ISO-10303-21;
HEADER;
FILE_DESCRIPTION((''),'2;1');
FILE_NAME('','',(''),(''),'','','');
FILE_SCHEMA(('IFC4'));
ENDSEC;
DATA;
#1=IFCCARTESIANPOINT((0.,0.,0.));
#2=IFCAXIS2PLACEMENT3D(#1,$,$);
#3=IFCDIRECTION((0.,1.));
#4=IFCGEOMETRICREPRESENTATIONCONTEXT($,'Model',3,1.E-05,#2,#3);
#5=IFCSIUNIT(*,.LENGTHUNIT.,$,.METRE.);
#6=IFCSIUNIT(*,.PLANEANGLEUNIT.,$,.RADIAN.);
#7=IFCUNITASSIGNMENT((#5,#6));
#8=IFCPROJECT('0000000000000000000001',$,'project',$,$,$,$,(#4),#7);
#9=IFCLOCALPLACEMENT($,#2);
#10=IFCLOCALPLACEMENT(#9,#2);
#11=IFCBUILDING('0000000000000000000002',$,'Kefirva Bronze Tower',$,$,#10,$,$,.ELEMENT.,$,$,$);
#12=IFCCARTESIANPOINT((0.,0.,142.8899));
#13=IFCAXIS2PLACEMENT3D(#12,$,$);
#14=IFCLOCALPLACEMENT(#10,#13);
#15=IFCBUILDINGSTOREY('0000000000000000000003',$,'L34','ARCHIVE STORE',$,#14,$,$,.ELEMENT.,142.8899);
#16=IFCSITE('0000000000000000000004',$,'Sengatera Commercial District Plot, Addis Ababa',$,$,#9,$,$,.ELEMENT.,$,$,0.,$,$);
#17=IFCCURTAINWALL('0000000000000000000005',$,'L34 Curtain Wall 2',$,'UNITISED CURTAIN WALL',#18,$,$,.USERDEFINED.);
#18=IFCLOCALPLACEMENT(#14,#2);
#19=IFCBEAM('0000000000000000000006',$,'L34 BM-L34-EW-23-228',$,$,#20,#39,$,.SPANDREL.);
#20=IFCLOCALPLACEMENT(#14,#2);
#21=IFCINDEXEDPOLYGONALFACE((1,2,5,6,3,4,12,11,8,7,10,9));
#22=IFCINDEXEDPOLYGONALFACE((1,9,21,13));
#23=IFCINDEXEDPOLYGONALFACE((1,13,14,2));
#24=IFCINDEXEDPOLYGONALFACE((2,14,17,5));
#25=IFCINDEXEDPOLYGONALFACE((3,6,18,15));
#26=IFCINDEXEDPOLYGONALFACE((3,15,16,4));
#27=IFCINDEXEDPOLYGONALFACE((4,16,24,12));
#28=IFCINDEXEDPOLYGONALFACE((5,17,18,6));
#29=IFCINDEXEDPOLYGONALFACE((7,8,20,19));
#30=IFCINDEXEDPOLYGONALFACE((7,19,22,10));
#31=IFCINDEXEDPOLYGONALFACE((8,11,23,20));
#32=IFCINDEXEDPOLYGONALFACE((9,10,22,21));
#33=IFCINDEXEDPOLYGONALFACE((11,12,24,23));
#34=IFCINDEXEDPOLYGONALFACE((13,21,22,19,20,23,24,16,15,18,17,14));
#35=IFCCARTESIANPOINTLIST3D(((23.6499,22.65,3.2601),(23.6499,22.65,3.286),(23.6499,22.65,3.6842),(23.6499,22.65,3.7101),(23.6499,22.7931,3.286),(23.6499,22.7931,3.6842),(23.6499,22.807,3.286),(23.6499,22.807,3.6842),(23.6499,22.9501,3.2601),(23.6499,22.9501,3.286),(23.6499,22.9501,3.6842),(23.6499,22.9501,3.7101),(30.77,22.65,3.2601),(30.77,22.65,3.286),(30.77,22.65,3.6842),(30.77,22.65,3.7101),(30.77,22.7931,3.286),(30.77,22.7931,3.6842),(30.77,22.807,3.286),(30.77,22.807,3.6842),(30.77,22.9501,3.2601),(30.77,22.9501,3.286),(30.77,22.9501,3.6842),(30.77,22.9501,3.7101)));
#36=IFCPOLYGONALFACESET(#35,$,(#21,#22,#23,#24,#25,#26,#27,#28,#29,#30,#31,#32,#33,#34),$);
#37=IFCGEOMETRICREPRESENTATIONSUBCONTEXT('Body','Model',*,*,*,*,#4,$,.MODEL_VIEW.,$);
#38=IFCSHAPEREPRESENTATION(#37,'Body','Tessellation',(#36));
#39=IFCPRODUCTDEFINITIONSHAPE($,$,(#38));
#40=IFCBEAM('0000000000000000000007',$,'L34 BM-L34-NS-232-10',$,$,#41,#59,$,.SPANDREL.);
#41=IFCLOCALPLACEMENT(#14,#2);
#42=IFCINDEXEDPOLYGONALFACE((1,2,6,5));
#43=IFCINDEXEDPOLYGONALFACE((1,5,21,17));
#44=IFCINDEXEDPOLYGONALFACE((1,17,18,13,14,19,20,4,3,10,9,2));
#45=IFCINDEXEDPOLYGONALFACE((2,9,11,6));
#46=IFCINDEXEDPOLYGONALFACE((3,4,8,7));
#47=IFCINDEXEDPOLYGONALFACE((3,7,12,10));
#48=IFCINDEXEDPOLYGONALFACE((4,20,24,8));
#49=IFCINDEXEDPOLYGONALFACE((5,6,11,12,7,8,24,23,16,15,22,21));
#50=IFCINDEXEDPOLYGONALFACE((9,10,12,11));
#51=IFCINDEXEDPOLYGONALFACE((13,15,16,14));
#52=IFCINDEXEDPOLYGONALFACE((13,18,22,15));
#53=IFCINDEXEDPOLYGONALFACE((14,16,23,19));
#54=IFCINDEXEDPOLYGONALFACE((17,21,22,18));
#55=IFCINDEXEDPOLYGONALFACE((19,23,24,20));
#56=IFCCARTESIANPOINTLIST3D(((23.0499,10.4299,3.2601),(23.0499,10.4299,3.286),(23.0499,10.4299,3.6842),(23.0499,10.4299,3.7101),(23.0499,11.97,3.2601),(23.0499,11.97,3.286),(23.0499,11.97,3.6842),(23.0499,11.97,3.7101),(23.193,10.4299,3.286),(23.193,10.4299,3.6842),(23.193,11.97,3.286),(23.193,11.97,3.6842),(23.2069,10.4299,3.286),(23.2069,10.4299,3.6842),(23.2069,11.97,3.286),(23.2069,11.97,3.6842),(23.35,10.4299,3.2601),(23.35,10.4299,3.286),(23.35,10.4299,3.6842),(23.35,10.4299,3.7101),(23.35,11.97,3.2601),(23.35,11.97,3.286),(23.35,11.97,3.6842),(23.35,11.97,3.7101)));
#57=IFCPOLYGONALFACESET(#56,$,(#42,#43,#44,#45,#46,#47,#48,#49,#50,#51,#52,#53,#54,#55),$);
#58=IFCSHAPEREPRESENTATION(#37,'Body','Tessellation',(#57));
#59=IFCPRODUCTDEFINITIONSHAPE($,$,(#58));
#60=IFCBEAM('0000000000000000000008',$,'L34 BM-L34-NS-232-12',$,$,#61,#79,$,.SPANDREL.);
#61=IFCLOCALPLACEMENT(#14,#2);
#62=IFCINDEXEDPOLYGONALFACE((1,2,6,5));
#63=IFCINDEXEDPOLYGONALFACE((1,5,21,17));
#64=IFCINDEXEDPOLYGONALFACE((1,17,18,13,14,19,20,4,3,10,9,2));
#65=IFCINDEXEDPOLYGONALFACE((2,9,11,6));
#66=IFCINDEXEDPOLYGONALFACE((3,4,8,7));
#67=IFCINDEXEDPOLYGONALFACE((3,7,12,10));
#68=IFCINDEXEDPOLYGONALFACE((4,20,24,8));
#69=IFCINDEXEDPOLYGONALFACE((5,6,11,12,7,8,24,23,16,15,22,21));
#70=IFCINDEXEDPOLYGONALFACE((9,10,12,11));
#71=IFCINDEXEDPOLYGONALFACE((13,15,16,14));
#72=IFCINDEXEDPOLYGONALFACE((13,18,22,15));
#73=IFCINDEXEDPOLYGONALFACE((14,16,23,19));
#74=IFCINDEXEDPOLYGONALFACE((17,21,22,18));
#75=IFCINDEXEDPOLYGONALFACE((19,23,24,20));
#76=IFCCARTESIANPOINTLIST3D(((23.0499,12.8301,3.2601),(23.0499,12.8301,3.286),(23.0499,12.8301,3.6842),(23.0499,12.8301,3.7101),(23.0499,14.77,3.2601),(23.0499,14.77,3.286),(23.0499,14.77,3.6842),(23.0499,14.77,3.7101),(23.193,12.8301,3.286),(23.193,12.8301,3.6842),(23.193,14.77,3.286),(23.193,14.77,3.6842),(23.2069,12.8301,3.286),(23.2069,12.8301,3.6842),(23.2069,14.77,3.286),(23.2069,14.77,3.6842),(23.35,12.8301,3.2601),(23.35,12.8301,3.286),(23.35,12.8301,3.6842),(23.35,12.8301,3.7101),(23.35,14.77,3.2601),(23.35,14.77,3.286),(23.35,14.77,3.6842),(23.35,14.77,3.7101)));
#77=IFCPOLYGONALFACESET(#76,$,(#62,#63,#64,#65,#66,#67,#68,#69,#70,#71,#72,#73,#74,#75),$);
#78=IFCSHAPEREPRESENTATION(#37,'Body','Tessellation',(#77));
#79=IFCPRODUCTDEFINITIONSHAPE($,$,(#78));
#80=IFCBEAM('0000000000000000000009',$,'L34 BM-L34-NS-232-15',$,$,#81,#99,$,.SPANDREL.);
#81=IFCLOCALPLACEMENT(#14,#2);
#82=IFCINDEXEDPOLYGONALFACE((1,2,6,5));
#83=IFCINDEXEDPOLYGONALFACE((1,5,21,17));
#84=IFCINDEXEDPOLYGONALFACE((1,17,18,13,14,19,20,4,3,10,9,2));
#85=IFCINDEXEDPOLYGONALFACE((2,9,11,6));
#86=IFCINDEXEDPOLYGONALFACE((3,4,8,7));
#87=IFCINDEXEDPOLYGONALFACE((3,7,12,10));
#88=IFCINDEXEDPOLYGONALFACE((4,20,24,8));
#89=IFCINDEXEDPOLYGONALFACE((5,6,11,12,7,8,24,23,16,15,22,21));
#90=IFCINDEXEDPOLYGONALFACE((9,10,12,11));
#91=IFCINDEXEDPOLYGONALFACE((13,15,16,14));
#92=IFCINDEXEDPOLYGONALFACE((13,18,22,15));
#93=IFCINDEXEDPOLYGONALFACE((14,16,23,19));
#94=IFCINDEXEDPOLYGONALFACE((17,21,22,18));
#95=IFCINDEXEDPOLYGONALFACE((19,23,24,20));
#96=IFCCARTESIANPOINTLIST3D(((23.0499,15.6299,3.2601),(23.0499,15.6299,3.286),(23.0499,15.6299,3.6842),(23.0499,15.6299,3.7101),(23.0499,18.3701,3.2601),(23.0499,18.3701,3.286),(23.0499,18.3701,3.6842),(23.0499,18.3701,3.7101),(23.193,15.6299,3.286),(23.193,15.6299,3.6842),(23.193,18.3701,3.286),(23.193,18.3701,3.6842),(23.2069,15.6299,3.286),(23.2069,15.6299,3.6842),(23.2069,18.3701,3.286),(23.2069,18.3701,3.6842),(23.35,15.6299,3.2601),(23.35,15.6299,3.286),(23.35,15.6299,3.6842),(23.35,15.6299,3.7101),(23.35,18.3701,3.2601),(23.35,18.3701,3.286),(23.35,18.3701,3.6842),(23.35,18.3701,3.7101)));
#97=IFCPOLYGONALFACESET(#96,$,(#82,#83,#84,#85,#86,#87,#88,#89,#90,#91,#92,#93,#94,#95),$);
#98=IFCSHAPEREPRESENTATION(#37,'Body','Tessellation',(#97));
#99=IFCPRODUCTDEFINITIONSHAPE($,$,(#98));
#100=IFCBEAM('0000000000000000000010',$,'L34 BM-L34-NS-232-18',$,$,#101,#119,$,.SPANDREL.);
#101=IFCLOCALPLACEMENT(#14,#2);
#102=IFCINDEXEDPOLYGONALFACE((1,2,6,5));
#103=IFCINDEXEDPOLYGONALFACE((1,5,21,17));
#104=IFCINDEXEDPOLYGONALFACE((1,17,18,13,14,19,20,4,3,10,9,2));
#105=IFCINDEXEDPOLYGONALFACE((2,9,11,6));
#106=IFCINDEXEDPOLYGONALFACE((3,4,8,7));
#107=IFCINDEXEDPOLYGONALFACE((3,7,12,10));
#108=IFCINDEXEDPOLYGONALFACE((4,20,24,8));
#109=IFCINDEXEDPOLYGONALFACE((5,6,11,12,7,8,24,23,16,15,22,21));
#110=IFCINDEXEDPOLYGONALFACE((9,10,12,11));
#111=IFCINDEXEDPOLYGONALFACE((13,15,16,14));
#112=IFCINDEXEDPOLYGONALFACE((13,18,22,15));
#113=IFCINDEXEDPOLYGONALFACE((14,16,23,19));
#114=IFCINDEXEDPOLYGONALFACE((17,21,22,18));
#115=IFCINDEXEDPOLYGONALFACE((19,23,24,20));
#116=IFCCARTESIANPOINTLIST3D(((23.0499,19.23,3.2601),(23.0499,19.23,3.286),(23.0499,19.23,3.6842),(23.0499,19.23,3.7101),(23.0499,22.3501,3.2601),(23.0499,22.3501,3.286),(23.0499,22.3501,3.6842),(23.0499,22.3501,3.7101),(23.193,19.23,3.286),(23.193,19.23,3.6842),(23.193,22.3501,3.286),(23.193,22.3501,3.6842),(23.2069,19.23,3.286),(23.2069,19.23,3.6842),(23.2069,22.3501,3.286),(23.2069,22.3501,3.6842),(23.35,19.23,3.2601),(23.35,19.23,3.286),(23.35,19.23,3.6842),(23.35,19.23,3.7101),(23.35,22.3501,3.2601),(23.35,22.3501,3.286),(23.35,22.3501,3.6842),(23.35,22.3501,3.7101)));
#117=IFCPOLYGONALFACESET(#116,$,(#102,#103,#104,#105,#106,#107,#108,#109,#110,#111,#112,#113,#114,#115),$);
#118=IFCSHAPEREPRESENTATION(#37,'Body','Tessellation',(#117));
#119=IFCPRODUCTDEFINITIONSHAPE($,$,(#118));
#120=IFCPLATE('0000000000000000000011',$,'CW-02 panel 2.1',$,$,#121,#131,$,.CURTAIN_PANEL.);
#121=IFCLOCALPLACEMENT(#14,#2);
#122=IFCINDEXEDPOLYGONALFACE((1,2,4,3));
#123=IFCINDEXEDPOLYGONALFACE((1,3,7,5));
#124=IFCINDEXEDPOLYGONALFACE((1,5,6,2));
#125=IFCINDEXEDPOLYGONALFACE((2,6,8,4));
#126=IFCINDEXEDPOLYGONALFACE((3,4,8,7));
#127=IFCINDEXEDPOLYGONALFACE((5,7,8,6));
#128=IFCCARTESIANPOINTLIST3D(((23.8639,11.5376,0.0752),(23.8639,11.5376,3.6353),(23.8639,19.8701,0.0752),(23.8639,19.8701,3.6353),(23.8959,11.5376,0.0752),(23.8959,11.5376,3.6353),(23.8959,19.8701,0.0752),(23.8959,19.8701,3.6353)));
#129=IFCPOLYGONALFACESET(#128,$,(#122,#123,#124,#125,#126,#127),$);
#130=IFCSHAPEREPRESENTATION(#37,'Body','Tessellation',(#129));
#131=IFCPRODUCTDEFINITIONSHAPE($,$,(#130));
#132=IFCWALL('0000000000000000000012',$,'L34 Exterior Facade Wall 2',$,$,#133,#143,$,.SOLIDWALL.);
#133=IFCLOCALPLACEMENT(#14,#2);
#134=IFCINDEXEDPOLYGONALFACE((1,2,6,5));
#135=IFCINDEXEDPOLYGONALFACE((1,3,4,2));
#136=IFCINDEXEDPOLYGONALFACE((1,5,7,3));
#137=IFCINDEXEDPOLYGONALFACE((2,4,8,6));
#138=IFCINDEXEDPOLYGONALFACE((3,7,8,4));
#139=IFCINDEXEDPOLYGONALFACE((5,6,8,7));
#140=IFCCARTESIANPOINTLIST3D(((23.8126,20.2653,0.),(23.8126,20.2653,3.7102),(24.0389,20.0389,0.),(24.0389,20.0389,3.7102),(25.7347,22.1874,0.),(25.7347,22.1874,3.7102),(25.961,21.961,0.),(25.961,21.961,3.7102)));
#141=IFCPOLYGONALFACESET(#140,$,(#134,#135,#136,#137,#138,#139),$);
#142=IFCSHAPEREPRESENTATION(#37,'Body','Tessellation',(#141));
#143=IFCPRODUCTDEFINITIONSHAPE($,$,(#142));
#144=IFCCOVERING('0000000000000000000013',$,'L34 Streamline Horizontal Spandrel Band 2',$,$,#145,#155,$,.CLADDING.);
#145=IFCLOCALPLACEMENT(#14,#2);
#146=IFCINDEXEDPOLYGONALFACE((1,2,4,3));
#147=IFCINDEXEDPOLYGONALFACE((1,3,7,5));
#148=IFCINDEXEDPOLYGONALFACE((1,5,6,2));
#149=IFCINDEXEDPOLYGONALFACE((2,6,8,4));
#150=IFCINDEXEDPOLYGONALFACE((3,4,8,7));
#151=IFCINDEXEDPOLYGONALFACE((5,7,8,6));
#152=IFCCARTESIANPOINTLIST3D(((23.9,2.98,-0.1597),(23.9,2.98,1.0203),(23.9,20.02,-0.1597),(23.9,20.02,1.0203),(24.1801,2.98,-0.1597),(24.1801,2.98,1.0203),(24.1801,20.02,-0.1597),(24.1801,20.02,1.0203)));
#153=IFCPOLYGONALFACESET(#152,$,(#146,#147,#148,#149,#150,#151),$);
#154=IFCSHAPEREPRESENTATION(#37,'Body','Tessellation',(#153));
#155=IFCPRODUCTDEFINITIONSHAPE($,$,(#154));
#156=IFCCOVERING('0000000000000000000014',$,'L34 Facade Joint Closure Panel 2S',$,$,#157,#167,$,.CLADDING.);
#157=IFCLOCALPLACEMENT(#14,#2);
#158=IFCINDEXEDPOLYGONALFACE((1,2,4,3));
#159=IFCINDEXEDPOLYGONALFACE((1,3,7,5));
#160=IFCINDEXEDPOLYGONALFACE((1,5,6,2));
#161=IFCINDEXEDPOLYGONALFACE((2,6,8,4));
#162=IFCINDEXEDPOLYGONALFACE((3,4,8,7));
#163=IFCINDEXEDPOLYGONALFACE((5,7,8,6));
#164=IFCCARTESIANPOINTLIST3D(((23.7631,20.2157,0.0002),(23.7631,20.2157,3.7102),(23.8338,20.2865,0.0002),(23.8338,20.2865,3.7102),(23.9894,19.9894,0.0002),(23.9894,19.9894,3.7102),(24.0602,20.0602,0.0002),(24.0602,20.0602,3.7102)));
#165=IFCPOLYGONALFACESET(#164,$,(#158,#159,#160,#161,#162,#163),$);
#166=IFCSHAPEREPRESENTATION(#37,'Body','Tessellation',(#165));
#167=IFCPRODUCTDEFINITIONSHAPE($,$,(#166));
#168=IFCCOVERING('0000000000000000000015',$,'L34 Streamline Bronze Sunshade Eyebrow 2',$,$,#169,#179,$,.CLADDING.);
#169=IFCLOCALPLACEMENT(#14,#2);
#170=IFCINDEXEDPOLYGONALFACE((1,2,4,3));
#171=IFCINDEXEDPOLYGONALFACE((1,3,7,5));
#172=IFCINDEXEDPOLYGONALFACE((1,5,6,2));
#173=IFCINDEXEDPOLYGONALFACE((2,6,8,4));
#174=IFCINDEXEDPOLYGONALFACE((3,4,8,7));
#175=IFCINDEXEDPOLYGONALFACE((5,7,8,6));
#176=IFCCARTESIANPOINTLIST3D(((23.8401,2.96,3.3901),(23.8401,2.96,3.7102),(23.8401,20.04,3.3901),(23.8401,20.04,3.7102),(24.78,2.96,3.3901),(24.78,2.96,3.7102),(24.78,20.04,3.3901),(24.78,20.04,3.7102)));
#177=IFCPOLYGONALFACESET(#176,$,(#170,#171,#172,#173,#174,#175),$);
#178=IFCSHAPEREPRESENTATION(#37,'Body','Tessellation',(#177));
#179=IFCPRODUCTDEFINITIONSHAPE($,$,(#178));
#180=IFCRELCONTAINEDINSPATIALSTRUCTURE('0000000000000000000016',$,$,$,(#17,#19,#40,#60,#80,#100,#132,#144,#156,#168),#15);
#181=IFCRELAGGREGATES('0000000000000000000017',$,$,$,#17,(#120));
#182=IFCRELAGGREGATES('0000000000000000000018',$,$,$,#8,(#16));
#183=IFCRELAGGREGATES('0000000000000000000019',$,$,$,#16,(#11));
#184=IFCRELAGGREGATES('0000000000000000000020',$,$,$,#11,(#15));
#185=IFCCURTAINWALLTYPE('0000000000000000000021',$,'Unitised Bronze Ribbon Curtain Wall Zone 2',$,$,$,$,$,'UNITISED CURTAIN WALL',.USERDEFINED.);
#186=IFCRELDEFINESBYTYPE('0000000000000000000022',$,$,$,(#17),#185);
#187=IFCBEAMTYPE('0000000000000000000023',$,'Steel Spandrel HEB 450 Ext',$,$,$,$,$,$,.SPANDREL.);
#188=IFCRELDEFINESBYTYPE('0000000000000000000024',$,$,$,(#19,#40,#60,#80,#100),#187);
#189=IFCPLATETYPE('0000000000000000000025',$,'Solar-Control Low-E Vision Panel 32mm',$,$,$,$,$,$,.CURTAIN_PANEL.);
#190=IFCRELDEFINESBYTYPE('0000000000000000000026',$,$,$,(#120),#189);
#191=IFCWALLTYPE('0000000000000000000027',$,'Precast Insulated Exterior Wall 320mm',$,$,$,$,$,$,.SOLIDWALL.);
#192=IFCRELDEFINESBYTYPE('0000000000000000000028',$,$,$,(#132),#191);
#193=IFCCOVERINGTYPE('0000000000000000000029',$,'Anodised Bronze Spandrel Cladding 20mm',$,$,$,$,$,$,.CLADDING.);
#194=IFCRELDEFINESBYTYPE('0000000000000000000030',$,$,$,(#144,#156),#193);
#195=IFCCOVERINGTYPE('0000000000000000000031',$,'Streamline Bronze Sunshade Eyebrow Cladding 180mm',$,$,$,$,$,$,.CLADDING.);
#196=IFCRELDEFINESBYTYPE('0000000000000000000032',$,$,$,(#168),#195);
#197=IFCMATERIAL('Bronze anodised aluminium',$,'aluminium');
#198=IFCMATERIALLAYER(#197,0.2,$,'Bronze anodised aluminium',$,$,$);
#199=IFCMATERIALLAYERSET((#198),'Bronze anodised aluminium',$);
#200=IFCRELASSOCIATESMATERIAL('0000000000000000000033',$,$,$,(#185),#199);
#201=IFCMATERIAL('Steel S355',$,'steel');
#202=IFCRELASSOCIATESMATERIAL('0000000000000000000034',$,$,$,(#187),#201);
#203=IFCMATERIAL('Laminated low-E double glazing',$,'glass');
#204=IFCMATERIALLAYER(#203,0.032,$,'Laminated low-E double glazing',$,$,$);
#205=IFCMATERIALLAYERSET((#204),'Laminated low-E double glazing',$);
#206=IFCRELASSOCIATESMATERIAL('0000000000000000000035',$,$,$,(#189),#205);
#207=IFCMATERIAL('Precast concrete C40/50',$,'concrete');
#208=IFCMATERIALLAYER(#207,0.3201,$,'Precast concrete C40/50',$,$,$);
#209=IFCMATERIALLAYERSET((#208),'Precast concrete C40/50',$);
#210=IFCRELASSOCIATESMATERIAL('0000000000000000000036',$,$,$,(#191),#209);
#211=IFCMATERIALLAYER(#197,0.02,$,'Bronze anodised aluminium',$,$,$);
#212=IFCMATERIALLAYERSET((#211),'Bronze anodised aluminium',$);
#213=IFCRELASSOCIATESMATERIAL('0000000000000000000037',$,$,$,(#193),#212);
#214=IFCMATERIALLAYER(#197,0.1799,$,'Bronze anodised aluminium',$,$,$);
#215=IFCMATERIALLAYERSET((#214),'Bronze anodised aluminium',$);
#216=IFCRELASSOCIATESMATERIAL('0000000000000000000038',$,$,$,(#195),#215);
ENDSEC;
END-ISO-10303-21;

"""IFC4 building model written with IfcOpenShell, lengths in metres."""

from ifc_helpers import new_model, si_unit, direction, frame, frame_2d, origin, origin_2d, place, context, subcontext, project, spatial, rectangle, i_section, extrude, material, layer, layer_set, material_profile, profile_set, type_object, element, aggregate, save


model = new_model("IFC4")

# Units and contexts
model_context = context("Model", 3, precision=1e-05, world=origin(), true_north=direction((0.0, 1.0)))
body_context = subcontext(model_context, "Body", "Model", "MODEL_VIEW")
ifc_project = project(units=[si_unit("LENGTHUNIT", "METRE"), si_unit("PLANEANGLEUNIT", "RADIAN")], contexts=[model_context])

# Site, building, storey
site_placement = place(None, origin())
site = spatial("IfcSite", under=ifc_project, at=site_placement, Name="Sengatera Commercial District Plot, Addis Ababa", CompositionType="ELEMENT", RefElevation=0.0)
building_placement = place(site_placement, origin())
building = spatial("IfcBuilding", under=site, at=building_placement, Name="Kefirva Bronze Tower", CompositionType="ELEMENT")
storey_placement = place(building_placement, frame((0.0, 0.0, 142.8899)))
storey = spatial("IfcBuildingStorey", under=building, at=storey_placement, Name="L34", Description="ARCHIVE STORE", CompositionType="ELEMENT", Elevation=142.8899)

# Curtain wall
ifc_material_1 = material(Name="Bronze anodised aluminium", Category="aluminium")
ifc_layer_1 = layer(ifc_material_1, 0.2, Name="Bronze anodised aluminium")
ifc_layer_set_1 = layer_set([ifc_layer_1], Name="Bronze anodised aluminium")
curtain_wall_type = type_object("IfcCurtainWallType", Name="Unitised Bronze Ribbon Curtain Wall Zone 2", ElementType="UNITISED CURTAIN WALL", PredefinedType="USERDEFINED", material=ifc_layer_set_1)
curtain_wall_placement = place(storey_placement, origin())
curtain_wall = element("IfcCurtainWall", 1, at=curtain_wall_placement, inside=storey, type_object=curtain_wall_type, Name="L34 Curtain Wall 2", ObjectType="UNITISED CURTAIN WALL", PredefinedType="USERDEFINED")

# Beams
ifc_material_2 = material(Name="Steel S355", Category="steel")
ifc_material_profile_1 = material_profile(ifc_material_2, i_section(OverallWidth=0.3, OverallDepth=0.45, WebThickness=0.0139, FlangeThickness=0.0259, at=origin_2d()), Name="HEB 450")
ifc_profile_set_1 = profile_set([ifc_material_profile_1], Name="Steel S355")
beam_type_1 = type_object("IfcBeamType", Name="Steel Spandrel HEB 450 Ext", PredefinedType="SPANDREL", material=ifc_profile_set_1)
beam_1_placement = place(storey_placement, frame((23.6499, 22.8, 3.4851), z_axis=(1.0, 0.0, 0.0), x_axis=(0.0, 1.0, 0.0)))
element("IfcBeam", 2, at=beam_1_placement, inside=storey, type_object=beam_type_1, Name="L34 BM-L34-EW-23-228", PredefinedType="SPANDREL", context=body_context, shape_type="SweptSolid", body=[
    extrude(i_section(OverallWidth=0.3, OverallDepth=0.45, WebThickness=0.0139, FlangeThickness=0.0259, at=origin_2d()), origin(), (0.0, 0.0, 1.0), 7.1201),
])
beam_2_placement = place(storey_placement, frame((23.2, 10.4299, 3.4851), z_axis=(0.0, 1.0, 0.0), x_axis=(-1.0, 0.0, 0.0)))
element("IfcBeam", 3, at=beam_2_placement, inside=storey, type_object=beam_type_1, Name="L34 BM-L34-NS-232-10", PredefinedType="SPANDREL", context=body_context, shape_type="SweptSolid", body=[
    extrude(i_section(OverallWidth=0.3, OverallDepth=0.45, WebThickness=0.0139, FlangeThickness=0.0259, at=origin_2d()), origin(), (0.0, 0.0, 1.0), 1.54),
])
beam_3_placement = place(storey_placement, frame((23.2, 12.8301, 3.4851), z_axis=(0.0, 1.0, 0.0), x_axis=(-1.0, 0.0, 0.0)))
element("IfcBeam", 4, at=beam_3_placement, inside=storey, type_object=beam_type_1, Name="L34 BM-L34-NS-232-12", PredefinedType="SPANDREL", context=body_context, shape_type="SweptSolid", body=[
    extrude(i_section(OverallWidth=0.3, OverallDepth=0.45, WebThickness=0.0139, FlangeThickness=0.0259, at=origin_2d()), origin(), (0.0, 0.0, 1.0), 1.9399),
])
beam_4_placement = place(storey_placement, frame((23.2, 15.6299, 3.4851), z_axis=(0.0, 1.0, 0.0), x_axis=(-1.0, 0.0, 0.0)))
element("IfcBeam", 5, at=beam_4_placement, inside=storey, type_object=beam_type_1, Name="L34 BM-L34-NS-232-15", PredefinedType="SPANDREL", context=body_context, shape_type="SweptSolid", body=[
    extrude(i_section(OverallWidth=0.3, OverallDepth=0.45, WebThickness=0.0139, FlangeThickness=0.0259, at=origin_2d()), origin(), (0.0, 0.0, 1.0), 2.7402),
])
beam_5_placement = place(storey_placement, frame((23.2, 19.23, 3.4851), z_axis=(0.0, 1.0, 0.0), x_axis=(-1.0, 0.0, 0.0)))
element("IfcBeam", 6, at=beam_5_placement, inside=storey, type_object=beam_type_1, Name="L34 BM-L34-NS-232-18", PredefinedType="SPANDREL", context=body_context, shape_type="SweptSolid", body=[
    extrude(i_section(OverallWidth=0.3, OverallDepth=0.45, WebThickness=0.0139, FlangeThickness=0.0259, at=origin_2d()), origin(), (0.0, 0.0, 1.0), 3.1201),
])

# Plate
ifc_material_3 = material(Name="Laminated low-E double glazing", Category="glass")
ifc_layer_2 = layer(ifc_material_3, 0.032, Name="Laminated low-E double glazing")
ifc_layer_set_2 = layer_set([ifc_layer_2], Name="Laminated low-E double glazing")
plate_type = type_object("IfcPlateType", Name="Solar-Control Low-E Vision Panel 32mm", PredefinedType="CURTAIN_PANEL", material=ifc_layer_set_2)
plate_placement = place(storey_placement, frame((23.8799, 15.7039, 0.0752), z_axis=(0.0, 0.0, 1.0), x_axis=(0.0, 1.0, 0.0)))
plate = element("IfcPlate", 7, at=plate_placement, type_object=plate_type, Name="CW-02 panel 2.1", PredefinedType="CURTAIN_PANEL", context=body_context, shape_type="SweptSolid", body=[
    extrude(rectangle(XDim=8.3325, YDim=0.032, at=origin_2d()), origin(), (0.0, 0.0, 1.0), 3.5601),
])
aggregate(curtain_wall, [plate])

# Wall
ifc_material_4 = material(Name="Precast concrete C40/50", Category="concrete")
ifc_layer_3 = layer(ifc_material_4, 0.3201, Name="Precast concrete C40/50")
ifc_layer_set_3 = layer_set([ifc_layer_3], Name="Precast concrete C40/50")
wall_type = type_object("IfcWallType", Name="Precast Insulated Exterior Wall 320mm", PredefinedType="SOLIDWALL", material=ifc_layer_set_3)
wall_placement = place(storey_placement, frame((23.9258, 20.1521, 0.0), z_axis=(0.0, 0.0, 1.0), x_axis=(0.707107, 0.707107, 0.0)))
element("IfcWall", 8, at=wall_placement, inside=storey, type_object=wall_type, Name="L34 Exterior Facade Wall 2", PredefinedType="SOLIDWALL", context=body_context, shape_type="SweptSolid", body=[
    extrude(rectangle(XDim=2.7183, YDim=0.3201, at=frame_2d((1.3591, 0.0))), origin(), (0.0, 0.0, 1.0), 3.7102),
])

# Coverings
ifc_layer_4 = layer(ifc_material_1, 0.02, Name="Bronze anodised aluminium")
ifc_layer_set_4 = layer_set([ifc_layer_4], Name="Bronze anodised aluminium")
covering_type_1 = type_object("IfcCoveringType", Name="Anodised Bronze Spandrel Cladding 20mm", PredefinedType="CLADDING", material=ifc_layer_set_4)
covering_1_placement = place(storey_placement, frame((24.04, 11.5, -0.1597), z_axis=(0.0, 0.0, 1.0), x_axis=(0.0, 1.0, 0.0)))
element("IfcCovering", 9, at=covering_1_placement, inside=storey, type_object=covering_type_1, Name="L34 Streamline Horizontal Spandrel Band 2", PredefinedType="CLADDING", context=body_context, shape_type="SweptSolid", body=[
    extrude(rectangle(XDim=17.04, YDim=0.28, at=origin_2d()), origin(), (0.0, 0.0, 1.0), 1.1799),
])
covering_2_placement = place(storey_placement, frame((23.9116, 20.1379, 0.0002), z_axis=(0.0, 0.0, 1.0), x_axis=(0.707107, 0.707107, 0.0)))
element("IfcCovering", 10, at=covering_2_placement, inside=storey, type_object=covering_type_1, Name="L34 Facade Joint Closure Panel 2S", PredefinedType="CLADDING", context=body_context, shape_type="SweptSolid", body=[
    extrude(rectangle(XDim=0.1001, YDim=0.3201, at=origin_2d()), origin(), (0.0, 0.0, 1.0), 3.71),
])
ifc_layer_5 = layer(ifc_material_1, 0.1799, Name="Bronze anodised aluminium")
ifc_layer_set_5 = layer_set([ifc_layer_5], Name="Bronze anodised aluminium")
covering_type_2 = type_object("IfcCoveringType", Name="Streamline Bronze Sunshade Eyebrow Cladding 180mm", PredefinedType="CLADDING", material=ifc_layer_set_5)
covering_3_placement = place(storey_placement, frame((24.3101, 11.5, 3.3901), z_axis=(0.0, 0.0, 1.0), x_axis=(0.0, 1.0, 0.0)))
element("IfcCovering", 11, at=covering_3_placement, inside=storey, type_object=covering_type_2, Name="L34 Streamline Bronze Sunshade Eyebrow 2", PredefinedType="CLADDING", context=body_context, shape_type="SweptSolid", body=[
    extrude(rectangle(XDim=17.0801, YDim=0.9399, at=origin_2d()), origin(), (0.0, 0.0, 1.0), 0.3201),
])

save(model, "model.ifc")
